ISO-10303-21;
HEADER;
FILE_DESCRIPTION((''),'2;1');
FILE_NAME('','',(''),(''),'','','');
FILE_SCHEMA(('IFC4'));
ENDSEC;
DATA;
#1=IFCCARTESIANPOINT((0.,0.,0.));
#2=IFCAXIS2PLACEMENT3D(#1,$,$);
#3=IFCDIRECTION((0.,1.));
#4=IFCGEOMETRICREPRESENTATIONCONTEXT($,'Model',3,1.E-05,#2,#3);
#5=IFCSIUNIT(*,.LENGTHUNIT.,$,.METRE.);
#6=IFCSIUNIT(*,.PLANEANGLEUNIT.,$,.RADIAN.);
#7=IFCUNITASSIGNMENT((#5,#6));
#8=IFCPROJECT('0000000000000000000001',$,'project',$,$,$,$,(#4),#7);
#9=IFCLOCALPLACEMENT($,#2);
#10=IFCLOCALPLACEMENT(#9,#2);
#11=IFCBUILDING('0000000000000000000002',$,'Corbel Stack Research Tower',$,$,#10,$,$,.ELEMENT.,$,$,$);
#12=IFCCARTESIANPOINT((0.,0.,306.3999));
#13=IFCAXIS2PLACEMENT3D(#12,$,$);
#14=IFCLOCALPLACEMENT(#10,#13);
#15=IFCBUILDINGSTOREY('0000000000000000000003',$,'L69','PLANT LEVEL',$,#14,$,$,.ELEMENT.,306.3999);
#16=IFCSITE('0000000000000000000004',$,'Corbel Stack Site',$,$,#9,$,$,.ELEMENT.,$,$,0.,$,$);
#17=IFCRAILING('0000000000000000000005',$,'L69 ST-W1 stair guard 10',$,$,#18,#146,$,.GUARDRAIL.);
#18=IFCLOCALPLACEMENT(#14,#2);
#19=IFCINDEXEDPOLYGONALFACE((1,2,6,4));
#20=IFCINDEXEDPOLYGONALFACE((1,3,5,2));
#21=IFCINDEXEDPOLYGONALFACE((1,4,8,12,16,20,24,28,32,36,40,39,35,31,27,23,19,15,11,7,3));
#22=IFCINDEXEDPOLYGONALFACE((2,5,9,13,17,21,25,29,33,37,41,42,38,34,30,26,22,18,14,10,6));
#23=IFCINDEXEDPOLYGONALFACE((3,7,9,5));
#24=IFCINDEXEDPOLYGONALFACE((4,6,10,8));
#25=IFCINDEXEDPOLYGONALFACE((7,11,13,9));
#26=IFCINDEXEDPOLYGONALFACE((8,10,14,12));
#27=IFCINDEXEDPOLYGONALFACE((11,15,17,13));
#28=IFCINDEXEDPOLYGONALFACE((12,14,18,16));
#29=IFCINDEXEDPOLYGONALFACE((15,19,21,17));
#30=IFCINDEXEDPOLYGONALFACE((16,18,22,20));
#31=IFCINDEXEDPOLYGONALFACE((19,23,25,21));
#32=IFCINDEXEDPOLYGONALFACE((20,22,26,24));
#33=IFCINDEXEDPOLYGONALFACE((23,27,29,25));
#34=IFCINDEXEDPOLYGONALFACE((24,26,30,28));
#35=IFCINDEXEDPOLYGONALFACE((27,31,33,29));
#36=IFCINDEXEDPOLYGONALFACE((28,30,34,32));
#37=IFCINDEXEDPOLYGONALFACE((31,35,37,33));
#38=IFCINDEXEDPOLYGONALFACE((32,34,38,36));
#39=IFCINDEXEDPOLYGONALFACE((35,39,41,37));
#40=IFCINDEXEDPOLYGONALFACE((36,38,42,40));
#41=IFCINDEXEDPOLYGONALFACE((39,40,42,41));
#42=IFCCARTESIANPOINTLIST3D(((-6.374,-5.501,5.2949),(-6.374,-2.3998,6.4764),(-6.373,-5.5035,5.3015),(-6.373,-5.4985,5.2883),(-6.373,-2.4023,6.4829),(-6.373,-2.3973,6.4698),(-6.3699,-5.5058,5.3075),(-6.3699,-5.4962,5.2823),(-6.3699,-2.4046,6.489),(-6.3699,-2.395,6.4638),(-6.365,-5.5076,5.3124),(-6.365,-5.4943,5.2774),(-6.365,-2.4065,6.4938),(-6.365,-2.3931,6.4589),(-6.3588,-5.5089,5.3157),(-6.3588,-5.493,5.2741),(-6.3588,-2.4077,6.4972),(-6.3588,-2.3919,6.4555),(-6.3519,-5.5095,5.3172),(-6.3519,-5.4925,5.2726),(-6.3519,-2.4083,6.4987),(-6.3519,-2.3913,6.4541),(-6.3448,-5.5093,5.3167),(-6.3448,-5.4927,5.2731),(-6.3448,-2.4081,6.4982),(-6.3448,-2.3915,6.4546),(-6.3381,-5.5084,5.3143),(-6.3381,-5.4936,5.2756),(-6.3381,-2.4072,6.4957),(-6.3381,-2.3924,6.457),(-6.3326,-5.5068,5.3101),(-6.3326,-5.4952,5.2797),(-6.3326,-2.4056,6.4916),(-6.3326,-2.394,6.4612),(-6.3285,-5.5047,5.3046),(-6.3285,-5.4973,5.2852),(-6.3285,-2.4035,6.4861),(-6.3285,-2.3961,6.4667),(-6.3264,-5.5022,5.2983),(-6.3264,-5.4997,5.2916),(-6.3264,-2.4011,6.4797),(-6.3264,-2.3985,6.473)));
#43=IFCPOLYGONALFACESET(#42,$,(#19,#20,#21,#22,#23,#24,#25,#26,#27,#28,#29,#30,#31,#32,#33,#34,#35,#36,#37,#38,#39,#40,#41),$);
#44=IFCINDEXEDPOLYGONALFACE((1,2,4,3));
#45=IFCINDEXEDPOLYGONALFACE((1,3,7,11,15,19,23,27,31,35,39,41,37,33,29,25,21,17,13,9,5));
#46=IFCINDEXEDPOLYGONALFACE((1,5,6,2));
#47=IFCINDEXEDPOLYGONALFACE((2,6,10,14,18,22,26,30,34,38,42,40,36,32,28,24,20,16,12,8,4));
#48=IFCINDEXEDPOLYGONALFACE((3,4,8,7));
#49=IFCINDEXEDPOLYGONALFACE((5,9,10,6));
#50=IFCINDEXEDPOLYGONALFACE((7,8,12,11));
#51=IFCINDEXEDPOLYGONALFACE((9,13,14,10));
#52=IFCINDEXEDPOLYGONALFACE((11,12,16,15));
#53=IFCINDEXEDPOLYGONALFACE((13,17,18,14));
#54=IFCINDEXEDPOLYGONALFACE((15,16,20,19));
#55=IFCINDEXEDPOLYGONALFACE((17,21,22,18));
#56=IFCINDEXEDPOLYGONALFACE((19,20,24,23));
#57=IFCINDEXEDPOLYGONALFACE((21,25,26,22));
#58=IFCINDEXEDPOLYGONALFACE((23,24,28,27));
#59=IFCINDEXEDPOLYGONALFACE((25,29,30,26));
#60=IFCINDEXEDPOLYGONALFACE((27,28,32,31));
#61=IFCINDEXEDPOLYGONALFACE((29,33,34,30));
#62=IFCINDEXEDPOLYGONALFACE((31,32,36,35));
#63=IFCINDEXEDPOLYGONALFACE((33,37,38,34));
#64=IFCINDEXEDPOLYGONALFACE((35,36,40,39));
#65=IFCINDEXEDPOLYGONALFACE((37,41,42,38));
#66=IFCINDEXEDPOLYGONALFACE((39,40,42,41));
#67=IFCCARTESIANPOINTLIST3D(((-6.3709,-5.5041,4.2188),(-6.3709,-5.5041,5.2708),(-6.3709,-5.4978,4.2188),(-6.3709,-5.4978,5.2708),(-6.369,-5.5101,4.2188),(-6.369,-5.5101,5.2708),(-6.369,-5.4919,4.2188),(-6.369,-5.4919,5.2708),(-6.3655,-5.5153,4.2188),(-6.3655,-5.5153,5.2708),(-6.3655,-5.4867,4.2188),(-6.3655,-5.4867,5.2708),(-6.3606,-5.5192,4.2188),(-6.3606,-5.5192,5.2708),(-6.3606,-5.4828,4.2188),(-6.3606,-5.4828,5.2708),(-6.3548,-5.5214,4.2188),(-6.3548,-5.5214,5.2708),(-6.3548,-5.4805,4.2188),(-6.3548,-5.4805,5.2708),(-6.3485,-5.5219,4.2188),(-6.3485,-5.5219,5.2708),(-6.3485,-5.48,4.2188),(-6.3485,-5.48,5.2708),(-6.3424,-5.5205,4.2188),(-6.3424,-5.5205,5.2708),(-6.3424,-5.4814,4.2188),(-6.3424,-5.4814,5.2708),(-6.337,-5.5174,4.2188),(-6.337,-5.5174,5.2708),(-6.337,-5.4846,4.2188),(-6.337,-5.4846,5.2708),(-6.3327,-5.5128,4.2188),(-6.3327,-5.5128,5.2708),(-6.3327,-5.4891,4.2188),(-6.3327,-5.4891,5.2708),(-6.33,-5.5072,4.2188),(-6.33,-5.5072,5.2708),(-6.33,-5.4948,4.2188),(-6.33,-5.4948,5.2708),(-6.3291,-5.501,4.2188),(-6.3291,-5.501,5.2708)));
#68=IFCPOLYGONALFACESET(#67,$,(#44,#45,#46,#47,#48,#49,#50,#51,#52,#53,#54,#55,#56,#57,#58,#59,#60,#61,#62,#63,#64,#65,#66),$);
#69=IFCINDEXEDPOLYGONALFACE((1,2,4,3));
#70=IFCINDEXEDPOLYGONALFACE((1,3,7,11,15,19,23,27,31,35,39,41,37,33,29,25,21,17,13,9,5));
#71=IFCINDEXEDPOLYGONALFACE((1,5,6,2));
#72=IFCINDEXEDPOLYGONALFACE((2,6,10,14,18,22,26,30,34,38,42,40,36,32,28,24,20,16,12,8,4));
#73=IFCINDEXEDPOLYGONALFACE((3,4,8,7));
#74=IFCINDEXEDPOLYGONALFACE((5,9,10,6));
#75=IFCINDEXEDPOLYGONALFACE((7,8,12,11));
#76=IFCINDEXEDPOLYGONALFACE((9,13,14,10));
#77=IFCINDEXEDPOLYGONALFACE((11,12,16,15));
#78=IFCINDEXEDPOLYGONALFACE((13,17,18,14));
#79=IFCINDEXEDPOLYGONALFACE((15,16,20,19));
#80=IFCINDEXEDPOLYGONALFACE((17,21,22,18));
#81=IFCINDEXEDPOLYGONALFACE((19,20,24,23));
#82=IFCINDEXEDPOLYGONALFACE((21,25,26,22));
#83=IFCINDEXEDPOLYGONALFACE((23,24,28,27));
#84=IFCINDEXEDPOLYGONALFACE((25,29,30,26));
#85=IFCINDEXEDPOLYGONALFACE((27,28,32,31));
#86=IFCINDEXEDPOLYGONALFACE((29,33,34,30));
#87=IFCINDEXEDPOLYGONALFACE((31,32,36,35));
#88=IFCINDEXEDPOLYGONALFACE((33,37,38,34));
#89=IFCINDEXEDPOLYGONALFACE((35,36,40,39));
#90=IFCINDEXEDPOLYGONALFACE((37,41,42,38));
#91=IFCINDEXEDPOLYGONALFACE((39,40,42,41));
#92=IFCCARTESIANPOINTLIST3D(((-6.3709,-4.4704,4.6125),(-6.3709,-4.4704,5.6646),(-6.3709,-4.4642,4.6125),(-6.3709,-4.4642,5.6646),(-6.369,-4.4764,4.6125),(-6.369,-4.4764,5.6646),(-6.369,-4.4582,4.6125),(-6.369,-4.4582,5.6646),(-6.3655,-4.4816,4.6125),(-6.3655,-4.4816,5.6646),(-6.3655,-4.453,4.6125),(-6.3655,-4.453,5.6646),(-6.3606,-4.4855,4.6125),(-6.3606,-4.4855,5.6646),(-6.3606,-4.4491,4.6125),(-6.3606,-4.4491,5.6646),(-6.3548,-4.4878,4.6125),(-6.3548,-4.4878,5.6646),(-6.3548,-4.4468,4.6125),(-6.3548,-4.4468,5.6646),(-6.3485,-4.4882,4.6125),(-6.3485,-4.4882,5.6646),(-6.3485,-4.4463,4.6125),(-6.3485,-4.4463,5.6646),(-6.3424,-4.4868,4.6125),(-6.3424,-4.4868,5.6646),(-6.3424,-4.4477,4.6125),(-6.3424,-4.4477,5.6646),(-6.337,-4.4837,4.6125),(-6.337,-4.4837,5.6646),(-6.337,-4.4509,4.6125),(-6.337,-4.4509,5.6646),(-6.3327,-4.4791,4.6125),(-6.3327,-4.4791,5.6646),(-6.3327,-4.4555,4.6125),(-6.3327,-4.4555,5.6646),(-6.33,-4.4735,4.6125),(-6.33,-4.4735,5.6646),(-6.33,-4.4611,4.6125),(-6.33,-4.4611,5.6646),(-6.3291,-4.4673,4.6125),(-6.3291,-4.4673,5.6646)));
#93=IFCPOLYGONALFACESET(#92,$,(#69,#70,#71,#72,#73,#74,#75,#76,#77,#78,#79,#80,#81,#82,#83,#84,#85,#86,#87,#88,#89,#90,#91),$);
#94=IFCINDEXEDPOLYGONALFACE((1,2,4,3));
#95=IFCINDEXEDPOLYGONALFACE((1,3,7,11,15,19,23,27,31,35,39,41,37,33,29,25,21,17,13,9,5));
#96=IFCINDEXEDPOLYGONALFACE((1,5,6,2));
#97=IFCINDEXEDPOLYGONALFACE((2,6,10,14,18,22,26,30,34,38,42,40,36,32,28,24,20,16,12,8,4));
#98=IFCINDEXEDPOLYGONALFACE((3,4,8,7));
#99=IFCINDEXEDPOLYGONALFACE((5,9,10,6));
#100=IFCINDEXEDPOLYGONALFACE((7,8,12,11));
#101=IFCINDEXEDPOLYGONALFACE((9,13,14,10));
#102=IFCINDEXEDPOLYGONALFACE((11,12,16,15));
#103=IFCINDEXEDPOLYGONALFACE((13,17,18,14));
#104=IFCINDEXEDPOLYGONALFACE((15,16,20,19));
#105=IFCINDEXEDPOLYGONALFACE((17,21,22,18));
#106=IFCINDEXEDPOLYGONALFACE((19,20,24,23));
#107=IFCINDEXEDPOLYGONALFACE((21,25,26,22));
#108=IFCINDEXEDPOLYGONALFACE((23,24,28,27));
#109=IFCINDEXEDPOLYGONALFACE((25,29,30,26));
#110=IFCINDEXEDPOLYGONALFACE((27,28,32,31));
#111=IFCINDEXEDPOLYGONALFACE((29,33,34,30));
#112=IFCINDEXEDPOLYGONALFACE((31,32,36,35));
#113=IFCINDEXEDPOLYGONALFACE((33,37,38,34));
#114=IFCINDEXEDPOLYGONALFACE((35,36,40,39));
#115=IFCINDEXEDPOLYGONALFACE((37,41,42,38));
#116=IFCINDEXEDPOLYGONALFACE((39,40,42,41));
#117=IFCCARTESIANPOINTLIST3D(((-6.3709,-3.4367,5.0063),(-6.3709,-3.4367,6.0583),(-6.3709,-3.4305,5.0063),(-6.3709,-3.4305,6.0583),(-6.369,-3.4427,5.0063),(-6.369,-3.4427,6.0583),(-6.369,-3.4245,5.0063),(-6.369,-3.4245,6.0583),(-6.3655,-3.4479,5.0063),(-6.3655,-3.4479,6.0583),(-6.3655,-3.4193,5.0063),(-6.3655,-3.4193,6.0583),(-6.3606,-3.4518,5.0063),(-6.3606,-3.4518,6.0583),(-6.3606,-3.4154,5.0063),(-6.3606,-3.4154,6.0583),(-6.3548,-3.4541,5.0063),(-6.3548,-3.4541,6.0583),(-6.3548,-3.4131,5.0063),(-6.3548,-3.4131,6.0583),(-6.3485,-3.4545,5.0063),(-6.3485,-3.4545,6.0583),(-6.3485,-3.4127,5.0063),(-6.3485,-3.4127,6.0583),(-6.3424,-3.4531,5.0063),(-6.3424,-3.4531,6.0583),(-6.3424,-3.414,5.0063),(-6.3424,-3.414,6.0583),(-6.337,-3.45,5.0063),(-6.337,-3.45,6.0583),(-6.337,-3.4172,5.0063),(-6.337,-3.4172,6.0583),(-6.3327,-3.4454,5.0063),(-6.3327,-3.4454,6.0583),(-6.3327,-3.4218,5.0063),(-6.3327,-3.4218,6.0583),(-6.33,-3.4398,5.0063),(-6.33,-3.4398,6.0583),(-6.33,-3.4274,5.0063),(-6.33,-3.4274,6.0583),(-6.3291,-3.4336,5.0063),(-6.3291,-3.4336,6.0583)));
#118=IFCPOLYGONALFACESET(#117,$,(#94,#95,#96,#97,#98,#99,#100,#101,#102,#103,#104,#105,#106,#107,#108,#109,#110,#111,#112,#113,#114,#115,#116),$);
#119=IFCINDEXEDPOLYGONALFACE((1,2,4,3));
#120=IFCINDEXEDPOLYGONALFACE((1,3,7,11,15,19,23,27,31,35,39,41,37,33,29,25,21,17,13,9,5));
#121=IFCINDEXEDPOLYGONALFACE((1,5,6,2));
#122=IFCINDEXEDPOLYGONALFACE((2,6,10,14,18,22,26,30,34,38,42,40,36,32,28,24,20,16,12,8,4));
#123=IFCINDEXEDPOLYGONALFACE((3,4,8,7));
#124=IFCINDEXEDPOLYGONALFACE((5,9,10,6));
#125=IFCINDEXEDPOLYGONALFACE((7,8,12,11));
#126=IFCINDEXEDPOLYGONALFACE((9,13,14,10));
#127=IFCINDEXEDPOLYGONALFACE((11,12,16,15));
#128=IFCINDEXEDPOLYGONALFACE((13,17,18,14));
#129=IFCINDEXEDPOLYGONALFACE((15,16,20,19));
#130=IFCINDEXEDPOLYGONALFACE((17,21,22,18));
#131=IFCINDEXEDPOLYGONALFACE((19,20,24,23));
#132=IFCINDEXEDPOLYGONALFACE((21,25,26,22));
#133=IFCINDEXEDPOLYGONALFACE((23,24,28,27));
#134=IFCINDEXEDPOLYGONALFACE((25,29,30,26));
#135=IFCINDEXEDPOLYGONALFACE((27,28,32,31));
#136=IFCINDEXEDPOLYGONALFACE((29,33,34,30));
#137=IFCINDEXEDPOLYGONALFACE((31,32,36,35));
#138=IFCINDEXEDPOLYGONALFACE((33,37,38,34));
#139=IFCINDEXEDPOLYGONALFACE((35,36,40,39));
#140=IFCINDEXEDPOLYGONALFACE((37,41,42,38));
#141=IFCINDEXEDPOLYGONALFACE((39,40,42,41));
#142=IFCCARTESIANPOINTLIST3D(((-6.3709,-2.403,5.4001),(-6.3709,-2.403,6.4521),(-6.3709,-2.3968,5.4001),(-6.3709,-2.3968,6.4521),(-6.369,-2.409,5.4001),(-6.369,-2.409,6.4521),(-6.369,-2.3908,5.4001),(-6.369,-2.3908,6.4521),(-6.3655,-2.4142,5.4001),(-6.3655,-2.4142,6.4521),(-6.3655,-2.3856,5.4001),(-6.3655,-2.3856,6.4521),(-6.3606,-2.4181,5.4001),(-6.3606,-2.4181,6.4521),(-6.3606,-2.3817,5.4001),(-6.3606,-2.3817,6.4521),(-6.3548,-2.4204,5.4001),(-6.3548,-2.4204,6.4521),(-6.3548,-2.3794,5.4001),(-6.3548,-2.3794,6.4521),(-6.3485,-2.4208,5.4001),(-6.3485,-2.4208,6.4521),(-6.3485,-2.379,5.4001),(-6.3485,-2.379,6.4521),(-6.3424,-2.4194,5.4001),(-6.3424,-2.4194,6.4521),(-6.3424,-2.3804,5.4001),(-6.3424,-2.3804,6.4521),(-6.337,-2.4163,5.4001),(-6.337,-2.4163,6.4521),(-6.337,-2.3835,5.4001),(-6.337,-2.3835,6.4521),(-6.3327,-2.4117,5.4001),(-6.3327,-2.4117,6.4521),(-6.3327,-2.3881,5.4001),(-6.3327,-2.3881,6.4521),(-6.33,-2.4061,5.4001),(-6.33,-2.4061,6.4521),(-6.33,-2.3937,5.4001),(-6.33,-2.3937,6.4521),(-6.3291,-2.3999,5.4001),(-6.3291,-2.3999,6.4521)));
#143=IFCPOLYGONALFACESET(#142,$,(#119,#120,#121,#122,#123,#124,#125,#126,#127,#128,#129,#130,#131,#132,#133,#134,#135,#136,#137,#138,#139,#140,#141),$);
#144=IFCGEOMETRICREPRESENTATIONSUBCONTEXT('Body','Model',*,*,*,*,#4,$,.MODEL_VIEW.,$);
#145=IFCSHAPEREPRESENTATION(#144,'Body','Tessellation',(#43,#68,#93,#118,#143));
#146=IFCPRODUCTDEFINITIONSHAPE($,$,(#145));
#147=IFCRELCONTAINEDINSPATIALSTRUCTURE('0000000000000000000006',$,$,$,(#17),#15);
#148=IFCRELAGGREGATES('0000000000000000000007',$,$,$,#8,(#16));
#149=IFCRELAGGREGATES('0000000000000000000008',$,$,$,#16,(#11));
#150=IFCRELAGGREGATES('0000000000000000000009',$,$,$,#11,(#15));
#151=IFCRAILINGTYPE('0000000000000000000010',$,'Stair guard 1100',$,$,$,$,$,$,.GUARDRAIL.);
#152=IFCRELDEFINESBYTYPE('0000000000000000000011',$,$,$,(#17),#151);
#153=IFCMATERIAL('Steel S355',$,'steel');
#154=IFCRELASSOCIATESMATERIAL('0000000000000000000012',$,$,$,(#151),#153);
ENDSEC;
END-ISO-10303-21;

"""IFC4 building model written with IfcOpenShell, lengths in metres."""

from ifc_helpers import new_model, si_unit, direction, frame, origin, origin_2d, place, context, subcontext, project, spatial, circle, extrude, material, type_object, element, save


model = new_model("IFC4")

# Units and contexts
model_context = context("Model", 3, precision=1e-05, world=origin(), true_north=direction((0.0, 1.0)))
body_context = subcontext(model_context, "Body", "Model", "MODEL_VIEW")
ifc_project = project(units=[si_unit("LENGTHUNIT", "METRE"), si_unit("PLANEANGLEUNIT", "RADIAN")], contexts=[model_context])

# Site, building, storey
site_placement = place(None, origin())
site = spatial("IfcSite", under=ifc_project, at=site_placement, Name="Corbel Stack Site", CompositionType="ELEMENT", RefElevation=0.0)
building_placement = place(site_placement, origin())
building = spatial("IfcBuilding", under=site, at=building_placement, Name="Corbel Stack Research Tower", CompositionType="ELEMENT")
storey_placement = place(building_placement, frame((0.0, 0.0, 306.3999)))
storey = spatial("IfcBuildingStorey", under=building, at=storey_placement, Name="L69", Description="PLANT LEVEL", CompositionType="ELEMENT", Elevation=306.3999)

# Railing
ifc_material_1 = material(Name="Steel S355", Category="steel")
railing_type_1 = type_object("IfcRailingType", Name="Stair guard 1100", PredefinedType="GUARDRAIL", material=ifc_material_1)
railing_1_placement = place(storey_placement, frame((-6.3501, -5.501, 4.2188)))
element("IfcRailing", 1, at=railing_1_placement, inside=storey, type_object=railing_type_1, Name="L69 ST-W1 stair guard 10", PredefinedType="GUARDRAIL", context=body_context, shape_type="SweptSolid", body=[
    extrude(circle(Radius=0.0239, at=origin_2d()), frame((0.0, 0.0, 1.0762), z_axis=(0.0, 0.934484, 0.356005), x_axis=(-1.0, 0.0, 0.0)), (0.0, 0.0, 1.0), 3.3186),
    extrude(circle(Radius=0.021, at=origin_2d()), origin(), (0.0, 0.0, 1.0), 1.052),
    extrude(circle(Radius=0.021, at=origin_2d()), frame((0.0, 1.0337, 0.3938)), (0.0, 0.0, 1.0), 1.052),
    extrude(circle(Radius=0.021, at=origin_2d()), frame((0.0, 2.0674, 0.7876)), (0.0, 0.0, 1.0), 1.052),
    extrude(circle(Radius=0.021, at=origin_2d()), frame((0.0, 3.1011, 1.1814)), (0.0, 0.0, 1.0), 1.052),
])

save(model, "model.ifc")
